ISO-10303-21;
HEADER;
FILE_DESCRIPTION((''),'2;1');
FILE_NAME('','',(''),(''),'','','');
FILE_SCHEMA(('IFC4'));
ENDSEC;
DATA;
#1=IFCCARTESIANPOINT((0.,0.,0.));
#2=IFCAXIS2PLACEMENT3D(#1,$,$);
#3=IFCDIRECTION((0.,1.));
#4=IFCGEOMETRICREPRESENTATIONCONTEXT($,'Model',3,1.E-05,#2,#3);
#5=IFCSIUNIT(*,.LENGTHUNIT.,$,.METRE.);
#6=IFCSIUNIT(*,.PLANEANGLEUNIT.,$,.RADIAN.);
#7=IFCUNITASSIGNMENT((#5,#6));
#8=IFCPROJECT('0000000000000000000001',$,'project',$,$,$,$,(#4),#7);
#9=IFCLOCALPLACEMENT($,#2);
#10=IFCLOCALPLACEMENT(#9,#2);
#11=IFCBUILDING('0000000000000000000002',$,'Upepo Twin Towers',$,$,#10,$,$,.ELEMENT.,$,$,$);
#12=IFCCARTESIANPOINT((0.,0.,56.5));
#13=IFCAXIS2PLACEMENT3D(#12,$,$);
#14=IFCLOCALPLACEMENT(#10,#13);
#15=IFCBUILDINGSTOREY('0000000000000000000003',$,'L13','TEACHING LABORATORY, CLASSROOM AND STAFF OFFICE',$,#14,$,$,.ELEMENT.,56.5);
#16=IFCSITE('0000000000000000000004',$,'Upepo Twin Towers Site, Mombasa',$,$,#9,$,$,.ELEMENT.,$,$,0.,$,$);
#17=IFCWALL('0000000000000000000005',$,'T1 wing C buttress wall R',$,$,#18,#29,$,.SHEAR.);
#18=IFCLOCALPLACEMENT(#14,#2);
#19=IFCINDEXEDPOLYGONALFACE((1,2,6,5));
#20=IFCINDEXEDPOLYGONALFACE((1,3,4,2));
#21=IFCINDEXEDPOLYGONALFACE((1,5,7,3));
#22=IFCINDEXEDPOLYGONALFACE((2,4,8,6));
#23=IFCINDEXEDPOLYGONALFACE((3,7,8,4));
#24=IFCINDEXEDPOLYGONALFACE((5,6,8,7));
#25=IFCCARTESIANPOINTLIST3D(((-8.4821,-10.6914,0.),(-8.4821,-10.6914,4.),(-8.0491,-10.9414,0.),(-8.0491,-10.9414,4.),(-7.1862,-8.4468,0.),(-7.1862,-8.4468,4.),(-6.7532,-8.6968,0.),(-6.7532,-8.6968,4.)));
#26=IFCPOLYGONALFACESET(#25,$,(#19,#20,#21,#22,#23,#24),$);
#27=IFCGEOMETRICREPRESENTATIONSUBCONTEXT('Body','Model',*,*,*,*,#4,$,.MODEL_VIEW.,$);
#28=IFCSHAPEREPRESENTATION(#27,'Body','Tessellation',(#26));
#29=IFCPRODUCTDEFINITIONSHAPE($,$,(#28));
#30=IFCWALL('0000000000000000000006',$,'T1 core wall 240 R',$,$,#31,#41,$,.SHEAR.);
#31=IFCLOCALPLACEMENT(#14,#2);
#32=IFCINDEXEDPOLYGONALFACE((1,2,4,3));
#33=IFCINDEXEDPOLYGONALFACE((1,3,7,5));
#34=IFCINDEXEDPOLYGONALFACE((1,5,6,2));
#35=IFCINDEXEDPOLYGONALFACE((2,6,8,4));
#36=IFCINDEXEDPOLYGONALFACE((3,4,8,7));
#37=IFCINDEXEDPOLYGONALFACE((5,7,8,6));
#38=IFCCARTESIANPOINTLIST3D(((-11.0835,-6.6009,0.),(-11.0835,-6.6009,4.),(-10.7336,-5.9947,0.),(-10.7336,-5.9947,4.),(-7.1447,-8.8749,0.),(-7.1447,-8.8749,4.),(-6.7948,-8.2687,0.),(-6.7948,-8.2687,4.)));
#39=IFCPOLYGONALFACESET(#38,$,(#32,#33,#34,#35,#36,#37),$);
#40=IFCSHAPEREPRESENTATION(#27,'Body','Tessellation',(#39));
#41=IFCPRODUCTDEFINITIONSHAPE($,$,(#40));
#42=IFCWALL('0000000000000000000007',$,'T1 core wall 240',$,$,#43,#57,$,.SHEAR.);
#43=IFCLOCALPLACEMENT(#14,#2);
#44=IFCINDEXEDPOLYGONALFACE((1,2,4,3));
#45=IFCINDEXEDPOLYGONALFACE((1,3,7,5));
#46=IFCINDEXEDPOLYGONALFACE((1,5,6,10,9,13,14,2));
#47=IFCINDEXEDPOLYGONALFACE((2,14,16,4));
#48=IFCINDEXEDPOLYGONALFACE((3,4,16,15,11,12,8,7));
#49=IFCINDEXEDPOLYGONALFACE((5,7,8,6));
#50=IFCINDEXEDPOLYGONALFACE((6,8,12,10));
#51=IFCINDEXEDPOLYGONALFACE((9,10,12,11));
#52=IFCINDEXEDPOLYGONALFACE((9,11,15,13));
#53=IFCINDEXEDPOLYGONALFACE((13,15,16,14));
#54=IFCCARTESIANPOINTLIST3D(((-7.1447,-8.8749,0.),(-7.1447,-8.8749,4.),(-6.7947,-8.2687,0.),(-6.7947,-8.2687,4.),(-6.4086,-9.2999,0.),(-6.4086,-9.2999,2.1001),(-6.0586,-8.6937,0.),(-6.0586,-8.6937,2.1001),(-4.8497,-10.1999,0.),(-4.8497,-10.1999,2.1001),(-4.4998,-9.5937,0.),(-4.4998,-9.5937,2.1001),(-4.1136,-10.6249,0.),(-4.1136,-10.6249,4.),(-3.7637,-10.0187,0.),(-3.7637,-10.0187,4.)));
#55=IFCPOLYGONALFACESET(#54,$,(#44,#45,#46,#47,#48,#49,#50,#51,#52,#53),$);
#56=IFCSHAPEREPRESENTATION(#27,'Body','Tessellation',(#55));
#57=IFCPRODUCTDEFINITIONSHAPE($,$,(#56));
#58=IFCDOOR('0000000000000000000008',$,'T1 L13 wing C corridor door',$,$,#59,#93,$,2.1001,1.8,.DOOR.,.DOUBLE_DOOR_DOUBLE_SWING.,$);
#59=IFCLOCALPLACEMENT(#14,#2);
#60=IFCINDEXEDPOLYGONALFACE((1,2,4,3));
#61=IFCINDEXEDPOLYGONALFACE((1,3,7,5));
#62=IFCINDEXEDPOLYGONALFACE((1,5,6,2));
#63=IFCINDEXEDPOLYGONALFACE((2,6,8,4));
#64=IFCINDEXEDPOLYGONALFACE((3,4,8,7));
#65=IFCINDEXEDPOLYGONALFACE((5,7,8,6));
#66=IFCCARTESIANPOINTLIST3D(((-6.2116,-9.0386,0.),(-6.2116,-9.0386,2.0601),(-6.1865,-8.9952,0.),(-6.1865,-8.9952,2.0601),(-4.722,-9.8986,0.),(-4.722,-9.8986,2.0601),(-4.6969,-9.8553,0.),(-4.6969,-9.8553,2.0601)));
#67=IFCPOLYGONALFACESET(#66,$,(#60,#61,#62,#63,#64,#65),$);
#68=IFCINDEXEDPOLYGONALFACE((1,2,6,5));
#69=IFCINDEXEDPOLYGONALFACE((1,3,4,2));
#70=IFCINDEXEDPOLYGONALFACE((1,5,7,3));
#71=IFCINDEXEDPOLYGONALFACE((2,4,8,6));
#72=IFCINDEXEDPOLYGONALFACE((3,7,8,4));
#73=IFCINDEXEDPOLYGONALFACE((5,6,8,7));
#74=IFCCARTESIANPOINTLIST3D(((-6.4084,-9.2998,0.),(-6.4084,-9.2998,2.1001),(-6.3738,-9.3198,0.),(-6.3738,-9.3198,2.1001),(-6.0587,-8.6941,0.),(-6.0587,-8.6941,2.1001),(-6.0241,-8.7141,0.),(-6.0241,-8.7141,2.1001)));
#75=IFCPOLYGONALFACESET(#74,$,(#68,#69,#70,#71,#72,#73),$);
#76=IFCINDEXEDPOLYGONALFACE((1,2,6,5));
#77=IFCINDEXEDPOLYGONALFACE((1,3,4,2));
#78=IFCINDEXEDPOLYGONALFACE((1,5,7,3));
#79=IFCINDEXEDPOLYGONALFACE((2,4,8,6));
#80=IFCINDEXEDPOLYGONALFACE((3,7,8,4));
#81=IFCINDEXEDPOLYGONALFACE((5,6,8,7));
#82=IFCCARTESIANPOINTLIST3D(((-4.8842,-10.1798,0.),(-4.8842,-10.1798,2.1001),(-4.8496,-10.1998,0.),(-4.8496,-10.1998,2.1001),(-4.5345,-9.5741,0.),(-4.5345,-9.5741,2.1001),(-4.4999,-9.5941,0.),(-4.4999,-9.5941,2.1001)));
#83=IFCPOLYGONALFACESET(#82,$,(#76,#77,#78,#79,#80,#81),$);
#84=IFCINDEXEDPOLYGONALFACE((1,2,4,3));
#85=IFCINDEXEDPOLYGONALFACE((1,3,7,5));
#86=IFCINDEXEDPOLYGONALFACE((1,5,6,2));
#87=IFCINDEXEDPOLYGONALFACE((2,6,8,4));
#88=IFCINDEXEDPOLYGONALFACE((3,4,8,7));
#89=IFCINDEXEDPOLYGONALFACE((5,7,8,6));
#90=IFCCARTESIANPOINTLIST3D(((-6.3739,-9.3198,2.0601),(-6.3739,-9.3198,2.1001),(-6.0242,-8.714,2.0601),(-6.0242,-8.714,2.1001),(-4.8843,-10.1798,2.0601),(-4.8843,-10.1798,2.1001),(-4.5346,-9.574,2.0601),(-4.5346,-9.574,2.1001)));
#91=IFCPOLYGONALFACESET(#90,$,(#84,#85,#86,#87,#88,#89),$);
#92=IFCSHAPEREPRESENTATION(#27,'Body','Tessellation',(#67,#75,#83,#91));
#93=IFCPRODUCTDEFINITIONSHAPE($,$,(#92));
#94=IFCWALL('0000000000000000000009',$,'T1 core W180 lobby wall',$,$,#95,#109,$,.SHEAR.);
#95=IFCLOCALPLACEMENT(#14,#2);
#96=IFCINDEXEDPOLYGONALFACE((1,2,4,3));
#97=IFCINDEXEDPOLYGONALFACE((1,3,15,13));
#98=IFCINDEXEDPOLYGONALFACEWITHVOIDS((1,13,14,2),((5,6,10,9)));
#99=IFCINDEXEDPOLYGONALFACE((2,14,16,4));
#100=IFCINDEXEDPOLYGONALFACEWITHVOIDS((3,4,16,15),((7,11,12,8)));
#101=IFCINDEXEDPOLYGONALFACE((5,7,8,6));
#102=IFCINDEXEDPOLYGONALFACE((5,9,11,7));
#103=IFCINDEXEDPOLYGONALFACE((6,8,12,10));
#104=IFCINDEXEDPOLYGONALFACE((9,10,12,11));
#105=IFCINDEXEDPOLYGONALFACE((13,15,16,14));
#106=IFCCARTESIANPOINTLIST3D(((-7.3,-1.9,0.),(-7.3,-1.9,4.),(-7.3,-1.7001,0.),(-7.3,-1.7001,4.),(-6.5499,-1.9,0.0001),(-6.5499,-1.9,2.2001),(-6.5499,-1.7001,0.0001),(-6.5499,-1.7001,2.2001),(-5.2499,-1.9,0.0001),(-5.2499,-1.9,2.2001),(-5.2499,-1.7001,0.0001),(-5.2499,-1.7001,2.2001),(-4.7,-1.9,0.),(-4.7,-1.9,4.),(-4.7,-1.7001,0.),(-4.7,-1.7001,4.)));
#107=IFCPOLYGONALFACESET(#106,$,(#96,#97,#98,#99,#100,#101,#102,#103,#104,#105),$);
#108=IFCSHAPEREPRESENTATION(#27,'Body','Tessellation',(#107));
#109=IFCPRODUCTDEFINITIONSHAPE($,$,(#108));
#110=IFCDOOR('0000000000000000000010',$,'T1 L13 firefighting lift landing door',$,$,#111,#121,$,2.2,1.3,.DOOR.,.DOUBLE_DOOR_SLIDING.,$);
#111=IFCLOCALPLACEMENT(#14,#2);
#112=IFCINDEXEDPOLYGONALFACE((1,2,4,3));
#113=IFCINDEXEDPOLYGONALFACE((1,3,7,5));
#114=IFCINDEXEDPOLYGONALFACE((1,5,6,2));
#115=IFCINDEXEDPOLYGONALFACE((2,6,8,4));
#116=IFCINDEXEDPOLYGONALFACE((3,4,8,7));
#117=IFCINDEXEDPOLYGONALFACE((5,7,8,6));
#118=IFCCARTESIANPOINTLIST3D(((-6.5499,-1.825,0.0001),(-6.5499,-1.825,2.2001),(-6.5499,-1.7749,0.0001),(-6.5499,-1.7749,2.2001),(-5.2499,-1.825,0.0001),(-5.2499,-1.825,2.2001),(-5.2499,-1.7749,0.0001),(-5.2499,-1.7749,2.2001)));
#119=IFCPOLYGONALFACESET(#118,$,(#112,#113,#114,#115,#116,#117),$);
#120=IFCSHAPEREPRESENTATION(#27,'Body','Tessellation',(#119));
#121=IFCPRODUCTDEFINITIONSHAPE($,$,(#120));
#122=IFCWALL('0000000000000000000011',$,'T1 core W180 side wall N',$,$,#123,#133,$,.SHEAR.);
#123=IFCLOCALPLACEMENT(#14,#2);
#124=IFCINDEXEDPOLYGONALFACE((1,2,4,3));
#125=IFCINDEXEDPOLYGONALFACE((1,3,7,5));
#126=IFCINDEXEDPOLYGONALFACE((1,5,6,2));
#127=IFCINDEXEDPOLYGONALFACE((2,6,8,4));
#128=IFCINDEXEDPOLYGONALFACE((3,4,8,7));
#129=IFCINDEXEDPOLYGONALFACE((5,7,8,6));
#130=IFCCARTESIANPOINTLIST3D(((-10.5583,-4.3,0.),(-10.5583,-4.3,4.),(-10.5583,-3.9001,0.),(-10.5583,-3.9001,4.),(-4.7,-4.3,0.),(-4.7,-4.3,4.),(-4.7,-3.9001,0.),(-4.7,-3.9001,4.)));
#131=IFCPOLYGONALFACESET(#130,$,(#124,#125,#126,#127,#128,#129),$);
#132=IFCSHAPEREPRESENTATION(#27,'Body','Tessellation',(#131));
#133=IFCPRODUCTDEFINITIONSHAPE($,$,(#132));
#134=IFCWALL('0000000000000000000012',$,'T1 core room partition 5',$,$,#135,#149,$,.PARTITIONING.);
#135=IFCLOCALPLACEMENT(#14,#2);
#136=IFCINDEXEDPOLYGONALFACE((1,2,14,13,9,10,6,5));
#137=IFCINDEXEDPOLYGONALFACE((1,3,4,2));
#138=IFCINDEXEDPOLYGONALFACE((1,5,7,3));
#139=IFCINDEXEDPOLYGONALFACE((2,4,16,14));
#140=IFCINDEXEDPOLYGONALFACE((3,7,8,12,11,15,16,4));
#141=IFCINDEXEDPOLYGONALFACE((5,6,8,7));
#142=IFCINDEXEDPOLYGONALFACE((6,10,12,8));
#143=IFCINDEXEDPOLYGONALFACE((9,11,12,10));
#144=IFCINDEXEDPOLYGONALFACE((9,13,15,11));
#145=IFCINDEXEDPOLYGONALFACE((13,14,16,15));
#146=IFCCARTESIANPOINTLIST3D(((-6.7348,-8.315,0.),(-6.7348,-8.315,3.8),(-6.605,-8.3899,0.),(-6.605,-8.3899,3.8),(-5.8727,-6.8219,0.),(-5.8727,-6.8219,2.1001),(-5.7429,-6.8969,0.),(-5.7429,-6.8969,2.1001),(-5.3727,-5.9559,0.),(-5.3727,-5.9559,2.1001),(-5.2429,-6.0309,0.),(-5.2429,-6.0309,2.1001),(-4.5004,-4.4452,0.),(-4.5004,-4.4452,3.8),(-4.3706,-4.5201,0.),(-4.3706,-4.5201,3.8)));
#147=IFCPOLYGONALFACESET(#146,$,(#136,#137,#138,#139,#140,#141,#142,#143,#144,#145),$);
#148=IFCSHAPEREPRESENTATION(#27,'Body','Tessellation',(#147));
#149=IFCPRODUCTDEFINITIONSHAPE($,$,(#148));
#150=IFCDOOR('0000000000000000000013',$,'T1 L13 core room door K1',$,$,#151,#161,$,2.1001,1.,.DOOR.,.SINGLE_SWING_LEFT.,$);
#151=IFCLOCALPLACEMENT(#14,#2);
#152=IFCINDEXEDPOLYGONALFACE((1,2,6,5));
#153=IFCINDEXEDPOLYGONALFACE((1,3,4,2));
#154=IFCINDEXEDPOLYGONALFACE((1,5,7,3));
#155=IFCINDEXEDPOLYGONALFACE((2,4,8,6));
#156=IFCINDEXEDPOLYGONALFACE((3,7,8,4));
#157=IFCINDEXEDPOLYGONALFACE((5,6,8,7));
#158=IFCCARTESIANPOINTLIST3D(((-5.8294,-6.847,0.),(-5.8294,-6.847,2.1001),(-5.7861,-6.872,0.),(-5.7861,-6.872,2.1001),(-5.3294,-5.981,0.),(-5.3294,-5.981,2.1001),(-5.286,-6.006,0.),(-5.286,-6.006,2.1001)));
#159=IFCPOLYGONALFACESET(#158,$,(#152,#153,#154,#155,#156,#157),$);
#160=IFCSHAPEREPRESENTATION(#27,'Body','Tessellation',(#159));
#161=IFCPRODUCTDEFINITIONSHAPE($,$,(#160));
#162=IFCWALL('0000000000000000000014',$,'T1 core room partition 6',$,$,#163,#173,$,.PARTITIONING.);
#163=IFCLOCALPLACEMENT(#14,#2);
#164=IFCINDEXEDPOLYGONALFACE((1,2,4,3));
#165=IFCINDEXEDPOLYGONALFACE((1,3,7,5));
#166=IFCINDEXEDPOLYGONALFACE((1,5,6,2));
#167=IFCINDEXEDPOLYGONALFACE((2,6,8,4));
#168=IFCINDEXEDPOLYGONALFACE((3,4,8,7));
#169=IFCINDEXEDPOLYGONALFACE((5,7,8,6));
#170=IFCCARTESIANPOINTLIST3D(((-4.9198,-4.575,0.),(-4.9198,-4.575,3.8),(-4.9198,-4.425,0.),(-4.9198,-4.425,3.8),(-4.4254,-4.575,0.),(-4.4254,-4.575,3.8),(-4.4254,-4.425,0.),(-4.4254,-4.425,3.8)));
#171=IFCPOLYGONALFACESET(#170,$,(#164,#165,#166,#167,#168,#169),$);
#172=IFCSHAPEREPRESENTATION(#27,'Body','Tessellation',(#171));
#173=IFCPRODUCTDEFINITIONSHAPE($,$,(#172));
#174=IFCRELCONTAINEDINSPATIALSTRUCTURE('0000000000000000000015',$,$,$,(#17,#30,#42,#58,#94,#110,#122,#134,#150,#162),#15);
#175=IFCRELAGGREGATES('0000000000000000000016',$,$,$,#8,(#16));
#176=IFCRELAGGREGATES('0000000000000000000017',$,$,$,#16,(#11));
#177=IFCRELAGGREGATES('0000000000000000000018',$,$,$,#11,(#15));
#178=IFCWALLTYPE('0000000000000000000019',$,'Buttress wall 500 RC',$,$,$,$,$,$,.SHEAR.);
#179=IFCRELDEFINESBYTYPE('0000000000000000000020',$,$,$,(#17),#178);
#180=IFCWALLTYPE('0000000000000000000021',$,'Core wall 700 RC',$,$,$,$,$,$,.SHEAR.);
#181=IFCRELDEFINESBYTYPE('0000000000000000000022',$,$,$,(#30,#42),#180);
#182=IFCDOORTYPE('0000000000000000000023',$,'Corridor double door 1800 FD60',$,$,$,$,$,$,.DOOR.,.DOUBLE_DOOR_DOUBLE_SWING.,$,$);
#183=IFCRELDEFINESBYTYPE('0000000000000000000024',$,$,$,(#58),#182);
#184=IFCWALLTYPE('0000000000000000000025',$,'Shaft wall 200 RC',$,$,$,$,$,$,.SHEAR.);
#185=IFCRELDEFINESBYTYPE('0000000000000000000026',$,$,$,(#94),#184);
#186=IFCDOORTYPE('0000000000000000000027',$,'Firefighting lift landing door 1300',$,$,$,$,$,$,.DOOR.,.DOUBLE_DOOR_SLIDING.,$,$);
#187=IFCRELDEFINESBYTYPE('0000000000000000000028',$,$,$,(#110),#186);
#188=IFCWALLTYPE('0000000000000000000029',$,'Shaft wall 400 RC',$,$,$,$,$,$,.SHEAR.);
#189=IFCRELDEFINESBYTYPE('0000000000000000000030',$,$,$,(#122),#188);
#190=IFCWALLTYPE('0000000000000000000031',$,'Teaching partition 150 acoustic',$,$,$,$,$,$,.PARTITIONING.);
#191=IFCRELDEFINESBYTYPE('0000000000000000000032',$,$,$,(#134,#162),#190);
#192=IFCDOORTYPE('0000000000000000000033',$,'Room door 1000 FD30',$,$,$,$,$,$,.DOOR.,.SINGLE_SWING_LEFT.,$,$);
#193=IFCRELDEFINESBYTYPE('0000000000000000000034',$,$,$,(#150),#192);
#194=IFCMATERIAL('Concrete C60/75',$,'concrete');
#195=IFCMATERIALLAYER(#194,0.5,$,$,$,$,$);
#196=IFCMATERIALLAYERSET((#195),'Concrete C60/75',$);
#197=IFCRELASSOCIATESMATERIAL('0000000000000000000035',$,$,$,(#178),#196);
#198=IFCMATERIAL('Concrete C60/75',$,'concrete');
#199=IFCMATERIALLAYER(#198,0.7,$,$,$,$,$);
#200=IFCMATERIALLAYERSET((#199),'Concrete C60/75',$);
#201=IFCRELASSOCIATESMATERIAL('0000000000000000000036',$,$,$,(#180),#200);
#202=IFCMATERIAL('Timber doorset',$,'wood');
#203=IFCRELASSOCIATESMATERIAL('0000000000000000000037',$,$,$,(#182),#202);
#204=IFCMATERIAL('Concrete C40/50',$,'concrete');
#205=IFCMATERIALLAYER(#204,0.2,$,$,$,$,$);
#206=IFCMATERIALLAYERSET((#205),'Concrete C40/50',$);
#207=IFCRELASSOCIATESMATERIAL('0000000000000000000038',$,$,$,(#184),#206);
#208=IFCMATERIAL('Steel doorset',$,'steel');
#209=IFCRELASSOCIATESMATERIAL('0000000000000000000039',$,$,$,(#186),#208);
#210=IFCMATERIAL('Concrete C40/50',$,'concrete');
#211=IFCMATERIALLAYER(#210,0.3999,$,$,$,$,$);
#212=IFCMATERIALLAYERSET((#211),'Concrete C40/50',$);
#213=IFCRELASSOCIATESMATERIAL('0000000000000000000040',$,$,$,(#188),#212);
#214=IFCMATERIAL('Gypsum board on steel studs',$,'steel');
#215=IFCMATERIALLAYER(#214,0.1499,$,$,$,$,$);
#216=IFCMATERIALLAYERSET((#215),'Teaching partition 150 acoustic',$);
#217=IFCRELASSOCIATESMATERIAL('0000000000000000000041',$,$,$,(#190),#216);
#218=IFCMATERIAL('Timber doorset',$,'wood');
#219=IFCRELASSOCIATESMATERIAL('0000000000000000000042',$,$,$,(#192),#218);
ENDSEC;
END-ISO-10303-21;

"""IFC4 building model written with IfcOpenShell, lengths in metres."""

from ifc_helpers import new_model, si_unit, direction, frame, frame_2d, origin, place, context, subcontext, project, spatial, rectangle, extrude, material, layer, layer_set, type_object, element, fill, save


model = new_model("IFC4")

# Units and contexts
model_context = context("Model", 3, precision=1e-05, world=origin(), true_north=direction((0.0, 1.0)))
body_context = subcontext(model_context, "Body", "Model", "MODEL_VIEW")
ifc_project = project(units=[si_unit("LENGTHUNIT", "METRE"), si_unit("PLANEANGLEUNIT", "RADIAN")], contexts=[model_context])

# Site, building, storey
site_placement = place(None, origin())
site = spatial("IfcSite", under=ifc_project, at=site_placement, Name="Upepo Twin Towers Site, Mombasa", CompositionType="ELEMENT", RefElevation=0.0)
building_placement = place(site_placement, origin())
building = spatial("IfcBuilding", under=site, at=building_placement, Name="Upepo Twin Towers", CompositionType="ELEMENT")
storey_placement = place(building_placement, frame((0.0, 0.0, 56.5)))
storey = spatial("IfcBuildingStorey", under=building, at=storey_placement, Name="L13", Description="TEACHING LABORATORY, CLASSROOM AND STAFF OFFICE", CompositionType="ELEMENT", Elevation=56.5)

# Walls
ifc_material_1 = material(Name="Concrete C60/75", Category="concrete")
ifc_layer_1 = layer(ifc_material_1, 0.5)
ifc_layer_set_1 = layer_set([ifc_layer_1], Name="Concrete C60/75")
wall_type_1 = type_object("IfcWallType", Name="Buttress wall 500 RC", PredefinedType="SHEAR", material=ifc_layer_set_1)
for number, where, z_axis, x_axis, name in (
    (1, (-6.9697, -8.5718, 0.0), (0.0, 0.0, 1.0), (-0.499989, -0.866032, 0.0), "T1 wing C buttress wall R"),
):
    element("IfcWall", number, at=place(storey_placement, frame(where, z_axis=z_axis, x_axis=x_axis)), inside=storey, type_object=wall_type_1, Name=name, PredefinedType="SHEAR", context=body_context, shape_type="SweptSolid", body=[
        extrude(rectangle(XDim=2.5918, YDim=0.5, at=frame_2d((1.2959, 0.0))), origin(), (0.0, 0.0, 1.0), 4.0),
    ])
ifc_material_2 = material(Name="Concrete C60/75", Category="concrete")
ifc_layer_2 = layer(ifc_material_2, 0.7)
ifc_layer_set_2 = layer_set([ifc_layer_2], Name="Concrete C60/75")
wall_type_2 = type_object("IfcWallType", Name="Core wall 700 RC", PredefinedType="SHEAR", material=ifc_layer_set_2)
wall_1_placement = place(storey_placement, frame((-10.9084, -6.2979, 0.0), z_axis=(0.0, 0.0, 1.0), x_axis=(0.866035, -0.499984, 0.0)))
element("IfcWall", 2, at=wall_1_placement, inside=storey, type_object=wall_type_2, Name="T1 core wall 240 R", PredefinedType="SHEAR", context=body_context, shape_type="SweptSolid", body=[
    extrude(rectangle(XDim=4.5481, YDim=0.7, at=frame_2d((2.2739, 0.0))), origin(), (0.0, 0.0, 1.0), 4.0),
])

# Walls, openings, doors
wall_2_placement = place(storey_placement, frame((-6.9697, -8.5718, 0.0), z_axis=(0.0, 0.0, 1.0), x_axis=(0.866019, -0.50001, 0.0)))
wall_2 = element("IfcWall", 3, at=wall_2_placement, inside=storey, type_object=wall_type_2, Name="T1 core wall 240", PredefinedType="SHEAR", context=body_context, shape_type="SweptSolid", body=[
    extrude(rectangle(XDim=3.5, YDim=0.7, at=frame_2d((1.75, 0.0))), origin(), (0.0, 0.0, 1.0), 4.0),
])
opening_1_placement = place(wall_2_placement, frame((0.8501, 0.0, 0.0)))
opening_1 = element("IfcOpeningElement", 4, at=opening_1_placement, cuts=wall_2, PredefinedType="OPENING", context=body_context, shape_type="SweptSolid", body=[
    extrude(rectangle(XDim=1.8, YDim=2.1001, at=frame_2d((0.8999, 1.05))), frame((0.0, 0.3599, 0.0), z_axis=(0.0, -1.0, 0.0), x_axis=(1.0, 0.0, 0.0)), (0.0, 0.0, 1.0), 0.72),
])
ifc_material_3 = material(Name="Timber doorset", Category="wood")
door_type_1 = type_object("IfcDoorType", Name="Corridor double door 1800 FD60", OperationType="DOUBLE_DOOR_DOUBLE_SWING", PredefinedType="DOOR", material=ifc_material_3)
door_1_placement = place(opening_1_placement, origin())
door_1 = element("IfcDoor", 5, at=door_1_placement, inside=storey, type_object=door_type_1, Name="T1 L13 wing C corridor door", OperationType="DOUBLE_DOOR_DOUBLE_SWING", OverallHeight=2.1001, OverallWidth=1.8, PredefinedType="DOOR", context=body_context, shape_type="SweptSolid", body=[
    extrude(rectangle(XDim=1.72, YDim=2.0601, at=frame_2d((0.8999, 1.03))), frame((0.0, 0.0249, 0.0), z_axis=(0.0, -1.0, 0.0), x_axis=(1.0, 0.0, 0.0)), (0.0, 0.0, 1.0), 0.05),
    extrude(rectangle(XDim=0.04, YDim=2.1001, at=frame_2d((0.02, 1.05))), frame((0.0, 0.3496, 0.0), z_axis=(0.0, -1.0, 0.0), x_axis=(1.0, 0.0, 0.0)), (0.0, 0.0, 1.0), 0.6995),
    extrude(rectangle(XDim=0.04, YDim=2.1001, at=frame_2d((1.78, 1.05))), frame((0.0, 0.3496, 0.0), z_axis=(0.0, -1.0, 0.0), x_axis=(1.0, 0.0, 0.0)), (0.0, 0.0, 1.0), 0.6995),
    extrude(rectangle(XDim=1.72, YDim=0.04, at=frame_2d((0.8999, 2.0801))), frame((0.0, 0.3496, 0.0), z_axis=(0.0, -1.0, 0.0), x_axis=(1.0, 0.0, 0.0)), (0.0, 0.0, 1.0), 0.6995),
])
fill(opening_1, door_1)
ifc_material_4 = material(Name="Concrete C40/50", Category="concrete")
ifc_layer_3 = layer(ifc_material_4, 0.2)
ifc_layer_set_3 = layer_set([ifc_layer_3], Name="Concrete C40/50")
wall_type_3 = type_object("IfcWallType", Name="Shaft wall 200 RC", PredefinedType="SHEAR", material=ifc_layer_set_3)
wall_3_placement = place(storey_placement, frame((-4.7, -1.8, 0.0), z_axis=(0.0, 0.0, 1.0), x_axis=(-1.0, 0.0, 0.0)))
wall_3 = element("IfcWall", 6, at=wall_3_placement, inside=storey, type_object=wall_type_3, Name="T1 core W180 lobby wall", PredefinedType="SHEAR", context=body_context, shape_type="SweptSolid", body=[
    extrude(rectangle(XDim=2.6001, YDim=0.2, at=frame_2d((1.3, 0.0))), origin(), (0.0, 0.0, 1.0), 4.0),
])
opening_2_placement = place(wall_3_placement, frame((0.55, 0.0, 0.0)))
opening_2 = element("IfcOpeningElement", 7, at=opening_2_placement, cuts=wall_3, PredefinedType="OPENING", context=body_context, shape_type="SweptSolid", body=[
    extrude(rectangle(XDim=1.3, YDim=2.2, at=frame_2d((0.6499, 1.1001))), frame((0.0, 0.1099, 0.0), z_axis=(0.0, -1.0, 0.0), x_axis=(1.0, 0.0, 0.0)), (0.0, 0.0, 1.0), 0.22),
])
ifc_material_5 = material(Name="Steel doorset", Category="steel")
door_type_2 = type_object("IfcDoorType", Name="Firefighting lift landing door 1300", OperationType="DOUBLE_DOOR_SLIDING", PredefinedType="DOOR", material=ifc_material_5)
door_2_placement = place(opening_2_placement, origin())
door_2 = element("IfcDoor", 8, at=door_2_placement, inside=storey, type_object=door_type_2, Name="T1 L13 firefighting lift landing door", OperationType="DOUBLE_DOOR_SLIDING", OverallHeight=2.2, OverallWidth=1.3, PredefinedType="DOOR", context=body_context, shape_type="SweptSolid", body=[
    extrude(rectangle(XDim=1.3, YDim=2.2, at=frame_2d((0.6499, 1.1001))), frame((0.0, 0.0249, 0.0), z_axis=(0.0, -1.0, 0.0), x_axis=(1.0, 0.0, 0.0)), (0.0, 0.0, 1.0), 0.05),
])
fill(opening_2, door_2)

# Wall
ifc_material_6 = material(Name="Concrete C40/50", Category="concrete")
ifc_layer_4 = layer(ifc_material_6, 0.3999)
ifc_layer_set_4 = layer_set([ifc_layer_4], Name="Concrete C40/50")
wall_type_4 = type_object("IfcWallType", Name="Shaft wall 400 RC", PredefinedType="SHEAR", material=ifc_layer_set_4)
wall_4_placement = place(storey_placement, frame((-4.7, -4.1001, 0.0), z_axis=(0.0, 0.0, 1.0), x_axis=(-1.0, 0.0, 0.0)))
element("IfcWall", 9, at=wall_4_placement, inside=storey, type_object=wall_type_4, Name="T1 core W180 side wall N", PredefinedType="SHEAR", context=body_context, shape_type="SweptSolid", body=[
    extrude(rectangle(XDim=5.8584, YDim=0.3999, at=frame_2d((2.9292, 0.0))), origin(), (0.0, 0.0, 1.0), 4.0),
])

# Wall, opening, door
ifc_material_7 = material(Name="Gypsum board on steel studs", Category="steel")
ifc_layer_5 = layer(ifc_material_7, 0.1499)
ifc_layer_set_5 = layer_set([ifc_layer_5], Name="Teaching partition 150 acoustic")
wall_type_5 = type_object("IfcWallType", Name="Teaching partition 150 acoustic", PredefinedType="PARTITIONING", material=ifc_layer_set_5)
wall_5_placement = place(storey_placement, frame((-6.6699, -8.3525, 0.0), z_axis=(0.0, 0.0, 1.0), x_axis=(0.500017, 0.866015, 0.0)))
wall_5 = element("IfcWall", 10, at=wall_5_placement, inside=storey, type_object=wall_type_5, Name="T1 core room partition 5", PredefinedType="PARTITIONING", context=body_context, shape_type="SweptSolid", body=[
    extrude(rectangle(XDim=4.4685, YDim=0.1499, at=frame_2d((2.2344, 0.0))), origin(), (0.0, 0.0, 1.0), 3.8),
])
opening_3_placement = place(wall_5_placement, frame((1.7241, 0.0, 0.0)))
opening_3 = element("IfcOpeningElement", 11, at=opening_3_placement, cuts=wall_5, PredefinedType="OPENING", context=body_context, shape_type="SweptSolid", body=[
    extrude(rectangle(XDim=1.0, YDim=2.1001, at=frame_2d((0.5, 1.05))), frame((0.0, 0.085, 0.0), z_axis=(0.0, -1.0, 0.0), x_axis=(1.0, 0.0, 0.0)), (0.0, 0.0, 1.0), 0.1699),
])
ifc_material_8 = material(Name="Timber doorset", Category="wood")
door_type_3 = type_object("IfcDoorType", Name="Room door 1000 FD30", OperationType="SINGLE_SWING_LEFT", PredefinedType="DOOR", material=ifc_material_8)
door_3_placement = place(opening_3_placement, origin())
door_3 = element("IfcDoor", 12, at=door_3_placement, inside=storey, type_object=door_type_3, Name="T1 L13 core room door K1", OperationType="SINGLE_SWING_LEFT", OverallHeight=2.1001, OverallWidth=1.0, PredefinedType="DOOR", context=body_context, shape_type="SweptSolid", body=[
    extrude(rectangle(XDim=1.0, YDim=2.1001, at=frame_2d((0.5, 1.05))), frame((0.0, 0.0249, 0.0), z_axis=(0.0, -1.0, 0.0), x_axis=(1.0, 0.0, 0.0)), (0.0, 0.0, 1.0), 0.05),
])
fill(opening_3, door_3)

# Wall
wall_6_placement = place(storey_placement, frame((-4.4255, -4.5, 0.0), z_axis=(0.0, 0.0, 1.0), x_axis=(-1.0, 0.0, 0.0)))
element("IfcWall", 13, at=wall_6_placement, inside=storey, type_object=wall_type_5, Name="T1 core room partition 6", PredefinedType="PARTITIONING", context=body_context, shape_type="SweptSolid", body=[
    extrude(rectangle(XDim=0.4944, YDim=0.1499, at=frame_2d((0.2471, 0.0))), origin(), (0.0, 0.0, 1.0), 3.8),
])

save(model, "model.ifc")
